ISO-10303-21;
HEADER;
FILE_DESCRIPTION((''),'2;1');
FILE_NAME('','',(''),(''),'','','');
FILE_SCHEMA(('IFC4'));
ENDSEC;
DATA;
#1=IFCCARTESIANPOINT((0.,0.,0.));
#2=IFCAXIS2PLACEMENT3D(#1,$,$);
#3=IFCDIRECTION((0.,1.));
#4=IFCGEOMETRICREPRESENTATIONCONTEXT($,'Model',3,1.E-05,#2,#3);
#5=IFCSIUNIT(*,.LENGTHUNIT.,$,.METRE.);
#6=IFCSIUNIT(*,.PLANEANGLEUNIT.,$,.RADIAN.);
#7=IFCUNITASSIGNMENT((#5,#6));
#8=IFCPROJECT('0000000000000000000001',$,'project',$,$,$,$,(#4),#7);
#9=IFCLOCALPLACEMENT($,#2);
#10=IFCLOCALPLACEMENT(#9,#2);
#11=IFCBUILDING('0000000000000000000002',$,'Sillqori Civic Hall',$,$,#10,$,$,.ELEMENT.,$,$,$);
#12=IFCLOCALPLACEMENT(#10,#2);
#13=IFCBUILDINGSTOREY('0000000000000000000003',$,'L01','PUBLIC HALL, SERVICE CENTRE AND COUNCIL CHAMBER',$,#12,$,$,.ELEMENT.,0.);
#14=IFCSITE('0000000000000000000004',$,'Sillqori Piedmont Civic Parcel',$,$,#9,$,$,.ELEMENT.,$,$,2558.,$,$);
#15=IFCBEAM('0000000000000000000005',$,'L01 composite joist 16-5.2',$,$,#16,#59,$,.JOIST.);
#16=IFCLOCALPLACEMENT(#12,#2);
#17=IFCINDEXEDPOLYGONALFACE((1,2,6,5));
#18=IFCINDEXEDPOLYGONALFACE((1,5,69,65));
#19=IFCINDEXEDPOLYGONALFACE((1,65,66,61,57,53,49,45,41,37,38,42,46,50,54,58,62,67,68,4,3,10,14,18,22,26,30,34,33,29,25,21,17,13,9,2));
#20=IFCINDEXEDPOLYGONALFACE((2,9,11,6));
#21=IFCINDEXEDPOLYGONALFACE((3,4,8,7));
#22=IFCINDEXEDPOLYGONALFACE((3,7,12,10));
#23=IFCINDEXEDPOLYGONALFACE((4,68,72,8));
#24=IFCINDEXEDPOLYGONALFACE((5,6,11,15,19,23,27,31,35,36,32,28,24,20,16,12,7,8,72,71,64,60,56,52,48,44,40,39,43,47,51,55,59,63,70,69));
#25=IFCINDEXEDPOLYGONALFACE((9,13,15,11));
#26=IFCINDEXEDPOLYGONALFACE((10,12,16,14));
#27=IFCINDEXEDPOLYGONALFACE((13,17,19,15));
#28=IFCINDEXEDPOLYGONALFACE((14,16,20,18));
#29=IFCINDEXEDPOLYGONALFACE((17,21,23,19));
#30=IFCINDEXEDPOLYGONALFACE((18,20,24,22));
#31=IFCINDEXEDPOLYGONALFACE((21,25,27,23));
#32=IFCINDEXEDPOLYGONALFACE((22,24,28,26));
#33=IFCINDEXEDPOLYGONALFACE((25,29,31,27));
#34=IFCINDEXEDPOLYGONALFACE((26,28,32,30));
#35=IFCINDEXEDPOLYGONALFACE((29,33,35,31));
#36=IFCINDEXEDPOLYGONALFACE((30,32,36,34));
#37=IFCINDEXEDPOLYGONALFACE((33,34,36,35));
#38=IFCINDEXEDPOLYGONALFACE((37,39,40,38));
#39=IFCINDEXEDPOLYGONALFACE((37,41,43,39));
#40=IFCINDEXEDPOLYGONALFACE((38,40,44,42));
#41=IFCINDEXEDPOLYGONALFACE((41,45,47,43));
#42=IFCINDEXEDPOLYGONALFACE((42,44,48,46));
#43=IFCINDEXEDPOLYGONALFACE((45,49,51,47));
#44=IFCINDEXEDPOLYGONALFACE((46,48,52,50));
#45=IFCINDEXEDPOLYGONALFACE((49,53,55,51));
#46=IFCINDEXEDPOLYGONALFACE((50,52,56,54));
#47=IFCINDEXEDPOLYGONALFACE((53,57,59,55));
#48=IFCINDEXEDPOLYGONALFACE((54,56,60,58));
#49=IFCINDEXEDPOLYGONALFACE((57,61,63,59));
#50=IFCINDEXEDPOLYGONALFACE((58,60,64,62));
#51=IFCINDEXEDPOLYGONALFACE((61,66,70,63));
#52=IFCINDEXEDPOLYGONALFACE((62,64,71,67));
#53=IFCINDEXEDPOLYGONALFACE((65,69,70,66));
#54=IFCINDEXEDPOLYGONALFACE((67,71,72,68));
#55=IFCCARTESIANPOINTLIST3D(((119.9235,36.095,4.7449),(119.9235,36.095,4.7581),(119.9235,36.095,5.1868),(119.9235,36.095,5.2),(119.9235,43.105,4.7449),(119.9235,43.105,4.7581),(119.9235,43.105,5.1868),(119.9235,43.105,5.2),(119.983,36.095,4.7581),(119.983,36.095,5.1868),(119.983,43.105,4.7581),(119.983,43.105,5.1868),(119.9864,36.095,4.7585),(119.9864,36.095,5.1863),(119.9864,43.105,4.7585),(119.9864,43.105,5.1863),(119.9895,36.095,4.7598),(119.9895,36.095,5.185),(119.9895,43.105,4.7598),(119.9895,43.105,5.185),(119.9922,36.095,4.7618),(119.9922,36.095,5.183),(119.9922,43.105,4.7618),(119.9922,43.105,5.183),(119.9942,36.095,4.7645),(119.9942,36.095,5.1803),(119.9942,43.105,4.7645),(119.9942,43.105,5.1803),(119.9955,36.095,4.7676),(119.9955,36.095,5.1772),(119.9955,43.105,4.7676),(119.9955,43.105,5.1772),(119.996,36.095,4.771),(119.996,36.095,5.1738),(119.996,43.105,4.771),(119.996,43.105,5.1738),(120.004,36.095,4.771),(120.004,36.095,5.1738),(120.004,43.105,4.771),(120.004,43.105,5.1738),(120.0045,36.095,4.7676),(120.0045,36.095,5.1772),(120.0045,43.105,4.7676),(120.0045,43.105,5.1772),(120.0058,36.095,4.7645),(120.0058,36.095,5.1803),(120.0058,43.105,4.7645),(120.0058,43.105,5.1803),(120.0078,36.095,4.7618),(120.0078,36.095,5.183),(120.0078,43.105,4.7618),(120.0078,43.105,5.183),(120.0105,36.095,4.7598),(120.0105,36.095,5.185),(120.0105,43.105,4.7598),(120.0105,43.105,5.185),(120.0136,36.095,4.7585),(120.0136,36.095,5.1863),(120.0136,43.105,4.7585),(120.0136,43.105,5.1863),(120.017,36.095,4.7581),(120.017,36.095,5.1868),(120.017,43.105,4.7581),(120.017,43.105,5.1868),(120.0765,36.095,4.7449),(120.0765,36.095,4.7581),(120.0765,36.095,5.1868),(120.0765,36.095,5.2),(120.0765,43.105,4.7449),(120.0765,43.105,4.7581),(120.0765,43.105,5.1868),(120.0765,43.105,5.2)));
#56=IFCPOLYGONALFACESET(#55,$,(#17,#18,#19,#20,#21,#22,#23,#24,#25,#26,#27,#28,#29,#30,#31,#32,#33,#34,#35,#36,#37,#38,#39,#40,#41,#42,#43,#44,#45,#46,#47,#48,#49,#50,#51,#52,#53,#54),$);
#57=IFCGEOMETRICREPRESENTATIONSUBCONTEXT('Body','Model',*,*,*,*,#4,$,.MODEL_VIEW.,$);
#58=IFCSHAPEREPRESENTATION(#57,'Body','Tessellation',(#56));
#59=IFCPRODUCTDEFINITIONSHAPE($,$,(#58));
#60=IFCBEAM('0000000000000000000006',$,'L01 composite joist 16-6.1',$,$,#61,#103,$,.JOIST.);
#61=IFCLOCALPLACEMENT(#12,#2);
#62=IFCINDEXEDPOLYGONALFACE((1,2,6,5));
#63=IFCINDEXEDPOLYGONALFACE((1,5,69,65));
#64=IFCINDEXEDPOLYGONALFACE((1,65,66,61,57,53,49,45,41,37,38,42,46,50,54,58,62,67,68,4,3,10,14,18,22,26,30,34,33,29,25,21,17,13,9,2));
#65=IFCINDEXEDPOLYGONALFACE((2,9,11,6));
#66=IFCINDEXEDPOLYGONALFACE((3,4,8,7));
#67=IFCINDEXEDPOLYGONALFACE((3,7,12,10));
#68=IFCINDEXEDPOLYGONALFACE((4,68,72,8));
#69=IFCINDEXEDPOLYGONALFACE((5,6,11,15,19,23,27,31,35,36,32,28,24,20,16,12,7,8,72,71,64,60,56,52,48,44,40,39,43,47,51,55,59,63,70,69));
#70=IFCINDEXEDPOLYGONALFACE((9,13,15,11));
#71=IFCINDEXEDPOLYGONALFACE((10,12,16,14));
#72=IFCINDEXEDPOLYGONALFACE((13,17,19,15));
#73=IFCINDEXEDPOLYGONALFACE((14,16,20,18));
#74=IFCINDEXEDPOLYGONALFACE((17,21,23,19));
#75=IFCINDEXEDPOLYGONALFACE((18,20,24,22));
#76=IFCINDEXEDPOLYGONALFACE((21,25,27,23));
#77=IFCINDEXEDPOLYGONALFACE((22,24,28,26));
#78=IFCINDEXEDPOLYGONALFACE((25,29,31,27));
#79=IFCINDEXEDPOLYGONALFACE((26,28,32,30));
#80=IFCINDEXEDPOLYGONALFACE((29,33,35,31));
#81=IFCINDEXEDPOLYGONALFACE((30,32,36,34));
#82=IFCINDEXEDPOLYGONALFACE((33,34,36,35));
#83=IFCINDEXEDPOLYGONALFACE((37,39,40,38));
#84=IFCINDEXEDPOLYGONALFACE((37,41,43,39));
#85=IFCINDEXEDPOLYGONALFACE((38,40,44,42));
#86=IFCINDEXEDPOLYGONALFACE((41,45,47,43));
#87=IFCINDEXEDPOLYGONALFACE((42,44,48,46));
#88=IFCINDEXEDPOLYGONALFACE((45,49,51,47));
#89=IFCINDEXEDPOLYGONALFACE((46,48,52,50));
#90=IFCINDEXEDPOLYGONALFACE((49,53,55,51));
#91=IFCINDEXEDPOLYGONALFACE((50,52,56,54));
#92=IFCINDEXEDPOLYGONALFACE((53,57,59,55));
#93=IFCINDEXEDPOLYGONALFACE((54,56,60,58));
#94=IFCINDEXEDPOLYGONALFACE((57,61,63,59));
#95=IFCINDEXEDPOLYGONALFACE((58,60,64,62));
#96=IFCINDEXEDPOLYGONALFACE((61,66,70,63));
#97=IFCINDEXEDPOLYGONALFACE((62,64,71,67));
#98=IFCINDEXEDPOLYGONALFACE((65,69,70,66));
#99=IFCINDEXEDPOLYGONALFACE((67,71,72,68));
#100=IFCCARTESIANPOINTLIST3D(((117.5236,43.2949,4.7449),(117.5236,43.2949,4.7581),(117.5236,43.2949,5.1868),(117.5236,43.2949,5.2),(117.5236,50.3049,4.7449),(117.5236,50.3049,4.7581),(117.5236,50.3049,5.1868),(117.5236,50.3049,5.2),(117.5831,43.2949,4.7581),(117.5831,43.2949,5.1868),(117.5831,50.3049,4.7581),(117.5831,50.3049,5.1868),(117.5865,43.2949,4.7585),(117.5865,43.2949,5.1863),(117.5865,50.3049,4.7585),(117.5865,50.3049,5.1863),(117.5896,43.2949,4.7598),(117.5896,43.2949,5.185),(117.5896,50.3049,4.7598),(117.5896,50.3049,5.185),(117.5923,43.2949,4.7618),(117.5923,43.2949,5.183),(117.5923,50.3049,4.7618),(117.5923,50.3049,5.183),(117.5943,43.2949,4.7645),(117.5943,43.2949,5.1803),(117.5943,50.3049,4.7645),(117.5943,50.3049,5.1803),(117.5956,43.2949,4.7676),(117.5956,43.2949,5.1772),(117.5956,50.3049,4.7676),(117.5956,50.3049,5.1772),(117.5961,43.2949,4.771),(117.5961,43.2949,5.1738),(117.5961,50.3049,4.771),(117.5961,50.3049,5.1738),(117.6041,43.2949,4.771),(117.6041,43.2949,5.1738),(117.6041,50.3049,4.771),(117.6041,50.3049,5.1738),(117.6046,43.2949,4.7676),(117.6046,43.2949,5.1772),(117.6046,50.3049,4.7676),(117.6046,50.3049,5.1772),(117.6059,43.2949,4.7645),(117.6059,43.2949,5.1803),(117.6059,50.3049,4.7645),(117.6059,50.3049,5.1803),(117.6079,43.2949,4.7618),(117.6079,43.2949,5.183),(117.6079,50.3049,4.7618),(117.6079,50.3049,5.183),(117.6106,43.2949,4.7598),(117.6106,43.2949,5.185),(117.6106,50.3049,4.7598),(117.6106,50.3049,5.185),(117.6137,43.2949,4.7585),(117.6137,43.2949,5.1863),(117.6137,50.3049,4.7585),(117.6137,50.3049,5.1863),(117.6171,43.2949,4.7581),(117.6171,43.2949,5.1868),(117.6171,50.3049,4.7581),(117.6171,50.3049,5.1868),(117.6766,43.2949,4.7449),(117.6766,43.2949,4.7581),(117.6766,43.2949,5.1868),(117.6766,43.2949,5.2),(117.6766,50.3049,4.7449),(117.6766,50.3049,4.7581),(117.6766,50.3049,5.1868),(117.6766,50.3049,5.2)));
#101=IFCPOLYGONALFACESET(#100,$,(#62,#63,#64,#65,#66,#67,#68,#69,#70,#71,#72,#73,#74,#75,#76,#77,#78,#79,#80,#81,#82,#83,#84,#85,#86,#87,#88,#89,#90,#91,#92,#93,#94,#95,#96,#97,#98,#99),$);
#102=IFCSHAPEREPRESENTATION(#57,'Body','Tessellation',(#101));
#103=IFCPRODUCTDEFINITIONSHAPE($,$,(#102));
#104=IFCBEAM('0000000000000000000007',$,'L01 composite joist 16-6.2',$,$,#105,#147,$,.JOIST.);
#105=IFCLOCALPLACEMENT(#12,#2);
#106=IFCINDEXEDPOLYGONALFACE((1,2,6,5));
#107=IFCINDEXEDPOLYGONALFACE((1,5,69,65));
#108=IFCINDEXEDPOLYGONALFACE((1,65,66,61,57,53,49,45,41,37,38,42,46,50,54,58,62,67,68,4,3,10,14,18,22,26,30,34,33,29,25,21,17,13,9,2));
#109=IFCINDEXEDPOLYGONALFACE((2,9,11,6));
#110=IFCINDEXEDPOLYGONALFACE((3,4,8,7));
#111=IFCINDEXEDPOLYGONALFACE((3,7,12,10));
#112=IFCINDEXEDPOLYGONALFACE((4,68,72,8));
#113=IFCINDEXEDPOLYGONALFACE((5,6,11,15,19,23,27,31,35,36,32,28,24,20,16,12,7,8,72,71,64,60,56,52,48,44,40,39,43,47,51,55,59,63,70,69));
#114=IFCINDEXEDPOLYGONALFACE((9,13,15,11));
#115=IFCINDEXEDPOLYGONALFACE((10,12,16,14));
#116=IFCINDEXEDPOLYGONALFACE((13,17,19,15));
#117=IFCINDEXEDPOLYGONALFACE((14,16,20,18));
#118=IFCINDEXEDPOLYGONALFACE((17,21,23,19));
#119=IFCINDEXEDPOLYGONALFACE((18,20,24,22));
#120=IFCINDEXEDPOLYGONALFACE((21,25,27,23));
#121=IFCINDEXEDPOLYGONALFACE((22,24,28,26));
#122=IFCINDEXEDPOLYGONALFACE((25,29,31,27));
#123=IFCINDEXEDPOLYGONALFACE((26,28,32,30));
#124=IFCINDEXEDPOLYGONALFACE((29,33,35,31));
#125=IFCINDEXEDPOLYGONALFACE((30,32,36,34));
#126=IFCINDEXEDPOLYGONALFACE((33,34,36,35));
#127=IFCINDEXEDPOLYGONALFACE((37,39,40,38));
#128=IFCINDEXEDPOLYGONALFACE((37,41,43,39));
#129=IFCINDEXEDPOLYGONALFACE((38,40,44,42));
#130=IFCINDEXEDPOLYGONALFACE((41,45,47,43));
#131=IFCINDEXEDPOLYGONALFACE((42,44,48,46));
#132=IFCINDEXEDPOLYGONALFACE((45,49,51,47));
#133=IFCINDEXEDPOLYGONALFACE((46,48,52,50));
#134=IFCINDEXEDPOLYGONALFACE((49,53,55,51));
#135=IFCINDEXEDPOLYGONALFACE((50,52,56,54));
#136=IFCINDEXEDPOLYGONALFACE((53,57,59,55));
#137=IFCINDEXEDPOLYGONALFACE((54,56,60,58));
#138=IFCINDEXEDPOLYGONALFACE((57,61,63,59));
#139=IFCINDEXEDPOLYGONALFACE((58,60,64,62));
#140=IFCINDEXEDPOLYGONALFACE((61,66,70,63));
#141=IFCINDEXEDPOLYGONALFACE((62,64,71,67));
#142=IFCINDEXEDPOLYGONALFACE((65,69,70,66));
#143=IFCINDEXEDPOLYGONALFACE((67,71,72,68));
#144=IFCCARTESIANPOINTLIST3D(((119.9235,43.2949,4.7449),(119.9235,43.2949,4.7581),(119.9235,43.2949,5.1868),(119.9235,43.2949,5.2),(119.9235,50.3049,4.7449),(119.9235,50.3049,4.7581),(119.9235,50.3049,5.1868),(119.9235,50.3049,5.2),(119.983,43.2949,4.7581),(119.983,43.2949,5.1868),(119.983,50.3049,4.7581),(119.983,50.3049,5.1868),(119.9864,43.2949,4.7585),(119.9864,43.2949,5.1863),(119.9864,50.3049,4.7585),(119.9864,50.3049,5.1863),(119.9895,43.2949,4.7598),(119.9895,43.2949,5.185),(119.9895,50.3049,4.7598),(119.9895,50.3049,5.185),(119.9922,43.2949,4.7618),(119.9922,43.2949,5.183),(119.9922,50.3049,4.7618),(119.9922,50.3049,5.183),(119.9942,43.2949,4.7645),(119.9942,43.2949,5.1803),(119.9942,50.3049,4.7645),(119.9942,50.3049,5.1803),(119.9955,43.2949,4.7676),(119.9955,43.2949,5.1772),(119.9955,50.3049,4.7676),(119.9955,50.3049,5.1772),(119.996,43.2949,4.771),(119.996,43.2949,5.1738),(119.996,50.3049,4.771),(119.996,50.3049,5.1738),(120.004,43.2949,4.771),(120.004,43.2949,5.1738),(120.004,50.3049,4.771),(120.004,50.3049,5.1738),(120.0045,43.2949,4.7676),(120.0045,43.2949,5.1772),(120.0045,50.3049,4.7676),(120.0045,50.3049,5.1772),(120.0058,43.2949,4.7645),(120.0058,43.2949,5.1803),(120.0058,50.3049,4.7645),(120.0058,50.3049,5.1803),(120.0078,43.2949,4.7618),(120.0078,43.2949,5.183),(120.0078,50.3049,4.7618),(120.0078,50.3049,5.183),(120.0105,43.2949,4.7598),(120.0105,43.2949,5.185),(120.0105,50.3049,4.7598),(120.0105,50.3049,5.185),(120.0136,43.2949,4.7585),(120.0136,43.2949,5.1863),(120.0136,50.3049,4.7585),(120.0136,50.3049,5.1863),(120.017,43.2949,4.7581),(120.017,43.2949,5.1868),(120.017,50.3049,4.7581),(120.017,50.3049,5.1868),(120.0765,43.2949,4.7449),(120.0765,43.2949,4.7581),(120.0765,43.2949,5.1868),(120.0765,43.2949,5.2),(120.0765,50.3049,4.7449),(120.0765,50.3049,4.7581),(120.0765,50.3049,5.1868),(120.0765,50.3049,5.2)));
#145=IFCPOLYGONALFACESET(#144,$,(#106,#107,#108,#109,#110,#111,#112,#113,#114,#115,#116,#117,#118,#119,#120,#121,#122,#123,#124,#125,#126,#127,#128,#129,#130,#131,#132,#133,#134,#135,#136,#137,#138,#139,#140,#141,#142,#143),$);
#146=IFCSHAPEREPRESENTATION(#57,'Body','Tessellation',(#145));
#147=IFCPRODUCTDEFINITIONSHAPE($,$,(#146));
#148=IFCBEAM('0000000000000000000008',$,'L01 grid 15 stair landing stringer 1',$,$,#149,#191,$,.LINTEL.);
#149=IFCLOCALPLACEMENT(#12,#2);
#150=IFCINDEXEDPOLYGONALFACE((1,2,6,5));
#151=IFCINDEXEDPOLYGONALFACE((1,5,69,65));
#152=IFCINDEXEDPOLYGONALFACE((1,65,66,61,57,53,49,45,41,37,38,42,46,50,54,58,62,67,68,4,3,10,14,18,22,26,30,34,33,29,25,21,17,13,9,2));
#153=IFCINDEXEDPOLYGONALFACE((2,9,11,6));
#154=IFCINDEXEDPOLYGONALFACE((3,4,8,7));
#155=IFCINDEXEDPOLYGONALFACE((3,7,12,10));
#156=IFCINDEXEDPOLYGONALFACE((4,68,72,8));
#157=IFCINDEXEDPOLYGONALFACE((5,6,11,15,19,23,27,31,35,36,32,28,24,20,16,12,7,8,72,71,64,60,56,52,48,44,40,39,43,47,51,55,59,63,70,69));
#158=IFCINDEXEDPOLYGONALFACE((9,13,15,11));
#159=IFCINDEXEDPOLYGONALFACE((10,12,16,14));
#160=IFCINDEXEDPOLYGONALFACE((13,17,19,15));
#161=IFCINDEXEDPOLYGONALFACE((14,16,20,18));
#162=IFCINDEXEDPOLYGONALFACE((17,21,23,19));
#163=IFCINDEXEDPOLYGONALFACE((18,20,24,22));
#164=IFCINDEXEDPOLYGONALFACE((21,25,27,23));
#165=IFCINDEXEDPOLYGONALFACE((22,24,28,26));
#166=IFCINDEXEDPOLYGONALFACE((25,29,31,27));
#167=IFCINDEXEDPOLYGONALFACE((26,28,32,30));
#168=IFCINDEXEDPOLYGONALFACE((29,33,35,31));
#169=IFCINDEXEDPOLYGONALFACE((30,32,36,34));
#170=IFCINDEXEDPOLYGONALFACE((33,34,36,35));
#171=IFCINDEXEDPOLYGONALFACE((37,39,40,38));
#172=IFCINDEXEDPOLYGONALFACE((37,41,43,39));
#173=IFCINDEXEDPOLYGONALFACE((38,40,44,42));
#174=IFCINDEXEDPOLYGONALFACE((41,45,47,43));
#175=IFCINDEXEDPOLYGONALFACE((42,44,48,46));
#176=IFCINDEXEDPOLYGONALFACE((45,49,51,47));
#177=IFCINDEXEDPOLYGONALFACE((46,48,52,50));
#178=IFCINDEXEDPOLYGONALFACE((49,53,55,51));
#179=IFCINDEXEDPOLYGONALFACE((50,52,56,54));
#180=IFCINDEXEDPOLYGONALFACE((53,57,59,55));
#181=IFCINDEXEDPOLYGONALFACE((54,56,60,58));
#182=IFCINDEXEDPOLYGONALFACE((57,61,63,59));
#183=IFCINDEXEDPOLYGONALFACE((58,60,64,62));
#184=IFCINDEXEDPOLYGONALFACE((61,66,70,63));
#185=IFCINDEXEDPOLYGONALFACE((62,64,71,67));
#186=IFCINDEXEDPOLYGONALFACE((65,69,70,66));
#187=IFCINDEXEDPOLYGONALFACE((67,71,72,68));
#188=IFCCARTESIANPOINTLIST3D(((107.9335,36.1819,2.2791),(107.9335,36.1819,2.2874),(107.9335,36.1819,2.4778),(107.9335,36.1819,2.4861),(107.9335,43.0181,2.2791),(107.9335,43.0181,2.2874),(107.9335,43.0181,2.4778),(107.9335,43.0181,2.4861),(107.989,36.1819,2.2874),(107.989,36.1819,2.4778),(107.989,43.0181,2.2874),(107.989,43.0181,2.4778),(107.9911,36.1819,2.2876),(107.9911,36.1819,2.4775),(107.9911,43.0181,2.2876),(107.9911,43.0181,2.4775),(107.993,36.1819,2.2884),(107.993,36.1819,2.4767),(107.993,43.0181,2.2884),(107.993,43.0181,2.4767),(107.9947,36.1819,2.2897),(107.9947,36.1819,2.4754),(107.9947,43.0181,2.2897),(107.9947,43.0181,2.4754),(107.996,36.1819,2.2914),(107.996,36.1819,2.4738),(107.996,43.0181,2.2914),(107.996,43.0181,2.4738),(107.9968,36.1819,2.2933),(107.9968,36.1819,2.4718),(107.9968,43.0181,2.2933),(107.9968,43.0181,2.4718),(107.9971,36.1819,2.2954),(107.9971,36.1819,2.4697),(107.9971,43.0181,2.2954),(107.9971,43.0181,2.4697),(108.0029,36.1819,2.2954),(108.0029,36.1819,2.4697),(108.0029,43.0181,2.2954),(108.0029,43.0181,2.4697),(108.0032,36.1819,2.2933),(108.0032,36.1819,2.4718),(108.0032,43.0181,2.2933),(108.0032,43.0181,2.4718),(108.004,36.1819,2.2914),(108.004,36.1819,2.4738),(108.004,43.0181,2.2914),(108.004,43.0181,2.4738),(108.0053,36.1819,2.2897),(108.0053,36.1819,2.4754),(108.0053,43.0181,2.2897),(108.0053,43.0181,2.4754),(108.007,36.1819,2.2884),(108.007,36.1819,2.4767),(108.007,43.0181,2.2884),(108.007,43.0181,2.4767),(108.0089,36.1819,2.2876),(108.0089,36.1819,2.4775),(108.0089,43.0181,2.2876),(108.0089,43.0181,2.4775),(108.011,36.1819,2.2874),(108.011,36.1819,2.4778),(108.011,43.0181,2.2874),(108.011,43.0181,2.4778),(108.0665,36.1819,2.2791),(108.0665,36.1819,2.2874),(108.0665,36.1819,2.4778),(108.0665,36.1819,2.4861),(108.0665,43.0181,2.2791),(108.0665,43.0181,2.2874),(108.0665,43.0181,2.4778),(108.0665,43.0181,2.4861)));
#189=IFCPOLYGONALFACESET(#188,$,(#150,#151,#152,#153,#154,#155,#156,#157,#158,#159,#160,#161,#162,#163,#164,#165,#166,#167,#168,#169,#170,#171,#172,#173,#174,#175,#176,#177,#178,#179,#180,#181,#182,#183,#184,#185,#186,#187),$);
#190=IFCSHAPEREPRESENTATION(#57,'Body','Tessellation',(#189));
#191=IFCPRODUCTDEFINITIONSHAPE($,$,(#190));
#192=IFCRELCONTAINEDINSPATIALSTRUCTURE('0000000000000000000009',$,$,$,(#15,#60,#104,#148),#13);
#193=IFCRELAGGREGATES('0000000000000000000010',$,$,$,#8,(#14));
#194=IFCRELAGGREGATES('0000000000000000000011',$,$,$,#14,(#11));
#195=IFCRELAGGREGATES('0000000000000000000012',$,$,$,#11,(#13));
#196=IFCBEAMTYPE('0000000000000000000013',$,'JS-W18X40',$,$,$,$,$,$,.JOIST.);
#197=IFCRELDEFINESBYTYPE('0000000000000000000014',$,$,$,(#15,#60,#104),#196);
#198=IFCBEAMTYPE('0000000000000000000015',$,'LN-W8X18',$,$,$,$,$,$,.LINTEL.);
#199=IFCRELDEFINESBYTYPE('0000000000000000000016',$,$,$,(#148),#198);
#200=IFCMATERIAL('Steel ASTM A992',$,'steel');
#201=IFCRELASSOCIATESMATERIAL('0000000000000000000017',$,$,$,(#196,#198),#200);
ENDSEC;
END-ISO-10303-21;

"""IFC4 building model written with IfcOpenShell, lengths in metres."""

from ifc_helpers import new_model, si_unit, direction, frame, origin, origin_2d, place, context, subcontext, project, spatial, i_section, extrude, material, material_profile, profile_set, type_object, element, save


model = new_model("IFC4")

# Units and contexts
model_context = context("Model", 3, precision=1e-05, world=origin(), true_north=direction((0.0, 1.0)))
body_context = subcontext(model_context, "Body", "Model", "MODEL_VIEW")
ifc_project = project(units=[si_unit("LENGTHUNIT", "METRE"), si_unit("PLANEANGLEUNIT", "RADIAN")], contexts=[model_context])

# Site, building, storey
site_placement = place(None, origin())
site = spatial("IfcSite", under=ifc_project, at=site_placement, Name="Sillqori Piedmont Civic Parcel", CompositionType="ELEMENT", RefElevation=2558.0)
building_placement = place(site_placement, origin())
building = spatial("IfcBuilding", under=site, at=building_placement, Name="Sillqori Civic Hall", CompositionType="ELEMENT")
storey_placement = place(building_placement, origin())
storey = spatial("IfcBuildingStorey", under=building, at=storey_placement, Name="L01", Description="PUBLIC HALL, SERVICE CENTRE AND COUNCIL CHAMBER", CompositionType="ELEMENT", Elevation=0.0)

# Shared definitions
ifc_material_1 = material(Name="Steel ASTM A992", Category="steel")

# Beams
ifc_material_profile_1 = material_profile(ifc_material_1, i_section(OverallWidth=0.1531, OverallDepth=0.4551, WebThickness=0.0081, FlangeThickness=0.0132, FilletRadius=0.0129, at=origin_2d()), Name="W18X40")
ifc_profile_set_1 = profile_set([ifc_material_profile_1], Name="Steel ASTM A992")
beam_type_1 = type_object("IfcBeamType", Name="JS-W18X40", PredefinedType="JOIST", material=ifc_profile_set_1)
for number, where, z_axis, x_axis, name in (
    (1, (120.0, 36.095, 4.9724), (0.0, 1.0, 0.0), (-1.0, 0.0, 0.0), "L01 composite joist 16-5.2"),
    (2, (117.6001, 43.2949, 4.9724), (0.0, 1.0, 0.0), (-1.0, 0.0, 0.0), "L01 composite joist 16-6.1"),
    (3, (120.0, 43.2949, 4.9724), (0.0, 1.0, 0.0), (-1.0, 0.0, 0.0), "L01 composite joist 16-6.2"),
):
    element("IfcBeam", number, at=place(storey_placement, frame(where, z_axis=z_axis, x_axis=x_axis)), inside=storey, type_object=beam_type_1, Name=name, PredefinedType="JOIST", context=body_context, shape_type="SweptSolid", body=[
        extrude(i_section(OverallWidth=0.1531, OverallDepth=0.4551, WebThickness=0.0081, FlangeThickness=0.0132, FilletRadius=0.0129, at=origin_2d()), origin(), (0.0, 0.0, 1.0), 7.01),
    ])
ifc_material_profile_2 = material_profile(ifc_material_1, i_section(OverallWidth=0.1331, OverallDepth=0.207, WebThickness=0.0059, FlangeThickness=0.0083, FilletRadius=0.0081, at=origin_2d()), Name="W8X18")
ifc_profile_set_2 = profile_set([ifc_material_profile_2], Name="Steel ASTM A992")
beam_type_2 = type_object("IfcBeamType", Name="LN-W8X18", PredefinedType="LINTEL", material=ifc_profile_set_2)
for number, where, z_axis, x_axis, name in (
    (4, (108.0, 36.1819, 2.3826), (0.0, 1.0, 0.0), (-1.0, 0.0, 0.0), "L01 grid 15 stair landing stringer 1"),
):
    element("IfcBeam", number, at=place(storey_placement, frame(where, z_axis=z_axis, x_axis=x_axis)), inside=storey, type_object=beam_type_2, Name=name, PredefinedType="LINTEL", context=body_context, shape_type="SweptSolid", body=[
        extrude(i_section(OverallWidth=0.1331, OverallDepth=0.207, WebThickness=0.0059, FlangeThickness=0.0083, FilletRadius=0.0081, at=origin_2d()), origin(), (0.0, 0.0, 1.0), 6.8362),
    ])

save(model, "model.ifc")
